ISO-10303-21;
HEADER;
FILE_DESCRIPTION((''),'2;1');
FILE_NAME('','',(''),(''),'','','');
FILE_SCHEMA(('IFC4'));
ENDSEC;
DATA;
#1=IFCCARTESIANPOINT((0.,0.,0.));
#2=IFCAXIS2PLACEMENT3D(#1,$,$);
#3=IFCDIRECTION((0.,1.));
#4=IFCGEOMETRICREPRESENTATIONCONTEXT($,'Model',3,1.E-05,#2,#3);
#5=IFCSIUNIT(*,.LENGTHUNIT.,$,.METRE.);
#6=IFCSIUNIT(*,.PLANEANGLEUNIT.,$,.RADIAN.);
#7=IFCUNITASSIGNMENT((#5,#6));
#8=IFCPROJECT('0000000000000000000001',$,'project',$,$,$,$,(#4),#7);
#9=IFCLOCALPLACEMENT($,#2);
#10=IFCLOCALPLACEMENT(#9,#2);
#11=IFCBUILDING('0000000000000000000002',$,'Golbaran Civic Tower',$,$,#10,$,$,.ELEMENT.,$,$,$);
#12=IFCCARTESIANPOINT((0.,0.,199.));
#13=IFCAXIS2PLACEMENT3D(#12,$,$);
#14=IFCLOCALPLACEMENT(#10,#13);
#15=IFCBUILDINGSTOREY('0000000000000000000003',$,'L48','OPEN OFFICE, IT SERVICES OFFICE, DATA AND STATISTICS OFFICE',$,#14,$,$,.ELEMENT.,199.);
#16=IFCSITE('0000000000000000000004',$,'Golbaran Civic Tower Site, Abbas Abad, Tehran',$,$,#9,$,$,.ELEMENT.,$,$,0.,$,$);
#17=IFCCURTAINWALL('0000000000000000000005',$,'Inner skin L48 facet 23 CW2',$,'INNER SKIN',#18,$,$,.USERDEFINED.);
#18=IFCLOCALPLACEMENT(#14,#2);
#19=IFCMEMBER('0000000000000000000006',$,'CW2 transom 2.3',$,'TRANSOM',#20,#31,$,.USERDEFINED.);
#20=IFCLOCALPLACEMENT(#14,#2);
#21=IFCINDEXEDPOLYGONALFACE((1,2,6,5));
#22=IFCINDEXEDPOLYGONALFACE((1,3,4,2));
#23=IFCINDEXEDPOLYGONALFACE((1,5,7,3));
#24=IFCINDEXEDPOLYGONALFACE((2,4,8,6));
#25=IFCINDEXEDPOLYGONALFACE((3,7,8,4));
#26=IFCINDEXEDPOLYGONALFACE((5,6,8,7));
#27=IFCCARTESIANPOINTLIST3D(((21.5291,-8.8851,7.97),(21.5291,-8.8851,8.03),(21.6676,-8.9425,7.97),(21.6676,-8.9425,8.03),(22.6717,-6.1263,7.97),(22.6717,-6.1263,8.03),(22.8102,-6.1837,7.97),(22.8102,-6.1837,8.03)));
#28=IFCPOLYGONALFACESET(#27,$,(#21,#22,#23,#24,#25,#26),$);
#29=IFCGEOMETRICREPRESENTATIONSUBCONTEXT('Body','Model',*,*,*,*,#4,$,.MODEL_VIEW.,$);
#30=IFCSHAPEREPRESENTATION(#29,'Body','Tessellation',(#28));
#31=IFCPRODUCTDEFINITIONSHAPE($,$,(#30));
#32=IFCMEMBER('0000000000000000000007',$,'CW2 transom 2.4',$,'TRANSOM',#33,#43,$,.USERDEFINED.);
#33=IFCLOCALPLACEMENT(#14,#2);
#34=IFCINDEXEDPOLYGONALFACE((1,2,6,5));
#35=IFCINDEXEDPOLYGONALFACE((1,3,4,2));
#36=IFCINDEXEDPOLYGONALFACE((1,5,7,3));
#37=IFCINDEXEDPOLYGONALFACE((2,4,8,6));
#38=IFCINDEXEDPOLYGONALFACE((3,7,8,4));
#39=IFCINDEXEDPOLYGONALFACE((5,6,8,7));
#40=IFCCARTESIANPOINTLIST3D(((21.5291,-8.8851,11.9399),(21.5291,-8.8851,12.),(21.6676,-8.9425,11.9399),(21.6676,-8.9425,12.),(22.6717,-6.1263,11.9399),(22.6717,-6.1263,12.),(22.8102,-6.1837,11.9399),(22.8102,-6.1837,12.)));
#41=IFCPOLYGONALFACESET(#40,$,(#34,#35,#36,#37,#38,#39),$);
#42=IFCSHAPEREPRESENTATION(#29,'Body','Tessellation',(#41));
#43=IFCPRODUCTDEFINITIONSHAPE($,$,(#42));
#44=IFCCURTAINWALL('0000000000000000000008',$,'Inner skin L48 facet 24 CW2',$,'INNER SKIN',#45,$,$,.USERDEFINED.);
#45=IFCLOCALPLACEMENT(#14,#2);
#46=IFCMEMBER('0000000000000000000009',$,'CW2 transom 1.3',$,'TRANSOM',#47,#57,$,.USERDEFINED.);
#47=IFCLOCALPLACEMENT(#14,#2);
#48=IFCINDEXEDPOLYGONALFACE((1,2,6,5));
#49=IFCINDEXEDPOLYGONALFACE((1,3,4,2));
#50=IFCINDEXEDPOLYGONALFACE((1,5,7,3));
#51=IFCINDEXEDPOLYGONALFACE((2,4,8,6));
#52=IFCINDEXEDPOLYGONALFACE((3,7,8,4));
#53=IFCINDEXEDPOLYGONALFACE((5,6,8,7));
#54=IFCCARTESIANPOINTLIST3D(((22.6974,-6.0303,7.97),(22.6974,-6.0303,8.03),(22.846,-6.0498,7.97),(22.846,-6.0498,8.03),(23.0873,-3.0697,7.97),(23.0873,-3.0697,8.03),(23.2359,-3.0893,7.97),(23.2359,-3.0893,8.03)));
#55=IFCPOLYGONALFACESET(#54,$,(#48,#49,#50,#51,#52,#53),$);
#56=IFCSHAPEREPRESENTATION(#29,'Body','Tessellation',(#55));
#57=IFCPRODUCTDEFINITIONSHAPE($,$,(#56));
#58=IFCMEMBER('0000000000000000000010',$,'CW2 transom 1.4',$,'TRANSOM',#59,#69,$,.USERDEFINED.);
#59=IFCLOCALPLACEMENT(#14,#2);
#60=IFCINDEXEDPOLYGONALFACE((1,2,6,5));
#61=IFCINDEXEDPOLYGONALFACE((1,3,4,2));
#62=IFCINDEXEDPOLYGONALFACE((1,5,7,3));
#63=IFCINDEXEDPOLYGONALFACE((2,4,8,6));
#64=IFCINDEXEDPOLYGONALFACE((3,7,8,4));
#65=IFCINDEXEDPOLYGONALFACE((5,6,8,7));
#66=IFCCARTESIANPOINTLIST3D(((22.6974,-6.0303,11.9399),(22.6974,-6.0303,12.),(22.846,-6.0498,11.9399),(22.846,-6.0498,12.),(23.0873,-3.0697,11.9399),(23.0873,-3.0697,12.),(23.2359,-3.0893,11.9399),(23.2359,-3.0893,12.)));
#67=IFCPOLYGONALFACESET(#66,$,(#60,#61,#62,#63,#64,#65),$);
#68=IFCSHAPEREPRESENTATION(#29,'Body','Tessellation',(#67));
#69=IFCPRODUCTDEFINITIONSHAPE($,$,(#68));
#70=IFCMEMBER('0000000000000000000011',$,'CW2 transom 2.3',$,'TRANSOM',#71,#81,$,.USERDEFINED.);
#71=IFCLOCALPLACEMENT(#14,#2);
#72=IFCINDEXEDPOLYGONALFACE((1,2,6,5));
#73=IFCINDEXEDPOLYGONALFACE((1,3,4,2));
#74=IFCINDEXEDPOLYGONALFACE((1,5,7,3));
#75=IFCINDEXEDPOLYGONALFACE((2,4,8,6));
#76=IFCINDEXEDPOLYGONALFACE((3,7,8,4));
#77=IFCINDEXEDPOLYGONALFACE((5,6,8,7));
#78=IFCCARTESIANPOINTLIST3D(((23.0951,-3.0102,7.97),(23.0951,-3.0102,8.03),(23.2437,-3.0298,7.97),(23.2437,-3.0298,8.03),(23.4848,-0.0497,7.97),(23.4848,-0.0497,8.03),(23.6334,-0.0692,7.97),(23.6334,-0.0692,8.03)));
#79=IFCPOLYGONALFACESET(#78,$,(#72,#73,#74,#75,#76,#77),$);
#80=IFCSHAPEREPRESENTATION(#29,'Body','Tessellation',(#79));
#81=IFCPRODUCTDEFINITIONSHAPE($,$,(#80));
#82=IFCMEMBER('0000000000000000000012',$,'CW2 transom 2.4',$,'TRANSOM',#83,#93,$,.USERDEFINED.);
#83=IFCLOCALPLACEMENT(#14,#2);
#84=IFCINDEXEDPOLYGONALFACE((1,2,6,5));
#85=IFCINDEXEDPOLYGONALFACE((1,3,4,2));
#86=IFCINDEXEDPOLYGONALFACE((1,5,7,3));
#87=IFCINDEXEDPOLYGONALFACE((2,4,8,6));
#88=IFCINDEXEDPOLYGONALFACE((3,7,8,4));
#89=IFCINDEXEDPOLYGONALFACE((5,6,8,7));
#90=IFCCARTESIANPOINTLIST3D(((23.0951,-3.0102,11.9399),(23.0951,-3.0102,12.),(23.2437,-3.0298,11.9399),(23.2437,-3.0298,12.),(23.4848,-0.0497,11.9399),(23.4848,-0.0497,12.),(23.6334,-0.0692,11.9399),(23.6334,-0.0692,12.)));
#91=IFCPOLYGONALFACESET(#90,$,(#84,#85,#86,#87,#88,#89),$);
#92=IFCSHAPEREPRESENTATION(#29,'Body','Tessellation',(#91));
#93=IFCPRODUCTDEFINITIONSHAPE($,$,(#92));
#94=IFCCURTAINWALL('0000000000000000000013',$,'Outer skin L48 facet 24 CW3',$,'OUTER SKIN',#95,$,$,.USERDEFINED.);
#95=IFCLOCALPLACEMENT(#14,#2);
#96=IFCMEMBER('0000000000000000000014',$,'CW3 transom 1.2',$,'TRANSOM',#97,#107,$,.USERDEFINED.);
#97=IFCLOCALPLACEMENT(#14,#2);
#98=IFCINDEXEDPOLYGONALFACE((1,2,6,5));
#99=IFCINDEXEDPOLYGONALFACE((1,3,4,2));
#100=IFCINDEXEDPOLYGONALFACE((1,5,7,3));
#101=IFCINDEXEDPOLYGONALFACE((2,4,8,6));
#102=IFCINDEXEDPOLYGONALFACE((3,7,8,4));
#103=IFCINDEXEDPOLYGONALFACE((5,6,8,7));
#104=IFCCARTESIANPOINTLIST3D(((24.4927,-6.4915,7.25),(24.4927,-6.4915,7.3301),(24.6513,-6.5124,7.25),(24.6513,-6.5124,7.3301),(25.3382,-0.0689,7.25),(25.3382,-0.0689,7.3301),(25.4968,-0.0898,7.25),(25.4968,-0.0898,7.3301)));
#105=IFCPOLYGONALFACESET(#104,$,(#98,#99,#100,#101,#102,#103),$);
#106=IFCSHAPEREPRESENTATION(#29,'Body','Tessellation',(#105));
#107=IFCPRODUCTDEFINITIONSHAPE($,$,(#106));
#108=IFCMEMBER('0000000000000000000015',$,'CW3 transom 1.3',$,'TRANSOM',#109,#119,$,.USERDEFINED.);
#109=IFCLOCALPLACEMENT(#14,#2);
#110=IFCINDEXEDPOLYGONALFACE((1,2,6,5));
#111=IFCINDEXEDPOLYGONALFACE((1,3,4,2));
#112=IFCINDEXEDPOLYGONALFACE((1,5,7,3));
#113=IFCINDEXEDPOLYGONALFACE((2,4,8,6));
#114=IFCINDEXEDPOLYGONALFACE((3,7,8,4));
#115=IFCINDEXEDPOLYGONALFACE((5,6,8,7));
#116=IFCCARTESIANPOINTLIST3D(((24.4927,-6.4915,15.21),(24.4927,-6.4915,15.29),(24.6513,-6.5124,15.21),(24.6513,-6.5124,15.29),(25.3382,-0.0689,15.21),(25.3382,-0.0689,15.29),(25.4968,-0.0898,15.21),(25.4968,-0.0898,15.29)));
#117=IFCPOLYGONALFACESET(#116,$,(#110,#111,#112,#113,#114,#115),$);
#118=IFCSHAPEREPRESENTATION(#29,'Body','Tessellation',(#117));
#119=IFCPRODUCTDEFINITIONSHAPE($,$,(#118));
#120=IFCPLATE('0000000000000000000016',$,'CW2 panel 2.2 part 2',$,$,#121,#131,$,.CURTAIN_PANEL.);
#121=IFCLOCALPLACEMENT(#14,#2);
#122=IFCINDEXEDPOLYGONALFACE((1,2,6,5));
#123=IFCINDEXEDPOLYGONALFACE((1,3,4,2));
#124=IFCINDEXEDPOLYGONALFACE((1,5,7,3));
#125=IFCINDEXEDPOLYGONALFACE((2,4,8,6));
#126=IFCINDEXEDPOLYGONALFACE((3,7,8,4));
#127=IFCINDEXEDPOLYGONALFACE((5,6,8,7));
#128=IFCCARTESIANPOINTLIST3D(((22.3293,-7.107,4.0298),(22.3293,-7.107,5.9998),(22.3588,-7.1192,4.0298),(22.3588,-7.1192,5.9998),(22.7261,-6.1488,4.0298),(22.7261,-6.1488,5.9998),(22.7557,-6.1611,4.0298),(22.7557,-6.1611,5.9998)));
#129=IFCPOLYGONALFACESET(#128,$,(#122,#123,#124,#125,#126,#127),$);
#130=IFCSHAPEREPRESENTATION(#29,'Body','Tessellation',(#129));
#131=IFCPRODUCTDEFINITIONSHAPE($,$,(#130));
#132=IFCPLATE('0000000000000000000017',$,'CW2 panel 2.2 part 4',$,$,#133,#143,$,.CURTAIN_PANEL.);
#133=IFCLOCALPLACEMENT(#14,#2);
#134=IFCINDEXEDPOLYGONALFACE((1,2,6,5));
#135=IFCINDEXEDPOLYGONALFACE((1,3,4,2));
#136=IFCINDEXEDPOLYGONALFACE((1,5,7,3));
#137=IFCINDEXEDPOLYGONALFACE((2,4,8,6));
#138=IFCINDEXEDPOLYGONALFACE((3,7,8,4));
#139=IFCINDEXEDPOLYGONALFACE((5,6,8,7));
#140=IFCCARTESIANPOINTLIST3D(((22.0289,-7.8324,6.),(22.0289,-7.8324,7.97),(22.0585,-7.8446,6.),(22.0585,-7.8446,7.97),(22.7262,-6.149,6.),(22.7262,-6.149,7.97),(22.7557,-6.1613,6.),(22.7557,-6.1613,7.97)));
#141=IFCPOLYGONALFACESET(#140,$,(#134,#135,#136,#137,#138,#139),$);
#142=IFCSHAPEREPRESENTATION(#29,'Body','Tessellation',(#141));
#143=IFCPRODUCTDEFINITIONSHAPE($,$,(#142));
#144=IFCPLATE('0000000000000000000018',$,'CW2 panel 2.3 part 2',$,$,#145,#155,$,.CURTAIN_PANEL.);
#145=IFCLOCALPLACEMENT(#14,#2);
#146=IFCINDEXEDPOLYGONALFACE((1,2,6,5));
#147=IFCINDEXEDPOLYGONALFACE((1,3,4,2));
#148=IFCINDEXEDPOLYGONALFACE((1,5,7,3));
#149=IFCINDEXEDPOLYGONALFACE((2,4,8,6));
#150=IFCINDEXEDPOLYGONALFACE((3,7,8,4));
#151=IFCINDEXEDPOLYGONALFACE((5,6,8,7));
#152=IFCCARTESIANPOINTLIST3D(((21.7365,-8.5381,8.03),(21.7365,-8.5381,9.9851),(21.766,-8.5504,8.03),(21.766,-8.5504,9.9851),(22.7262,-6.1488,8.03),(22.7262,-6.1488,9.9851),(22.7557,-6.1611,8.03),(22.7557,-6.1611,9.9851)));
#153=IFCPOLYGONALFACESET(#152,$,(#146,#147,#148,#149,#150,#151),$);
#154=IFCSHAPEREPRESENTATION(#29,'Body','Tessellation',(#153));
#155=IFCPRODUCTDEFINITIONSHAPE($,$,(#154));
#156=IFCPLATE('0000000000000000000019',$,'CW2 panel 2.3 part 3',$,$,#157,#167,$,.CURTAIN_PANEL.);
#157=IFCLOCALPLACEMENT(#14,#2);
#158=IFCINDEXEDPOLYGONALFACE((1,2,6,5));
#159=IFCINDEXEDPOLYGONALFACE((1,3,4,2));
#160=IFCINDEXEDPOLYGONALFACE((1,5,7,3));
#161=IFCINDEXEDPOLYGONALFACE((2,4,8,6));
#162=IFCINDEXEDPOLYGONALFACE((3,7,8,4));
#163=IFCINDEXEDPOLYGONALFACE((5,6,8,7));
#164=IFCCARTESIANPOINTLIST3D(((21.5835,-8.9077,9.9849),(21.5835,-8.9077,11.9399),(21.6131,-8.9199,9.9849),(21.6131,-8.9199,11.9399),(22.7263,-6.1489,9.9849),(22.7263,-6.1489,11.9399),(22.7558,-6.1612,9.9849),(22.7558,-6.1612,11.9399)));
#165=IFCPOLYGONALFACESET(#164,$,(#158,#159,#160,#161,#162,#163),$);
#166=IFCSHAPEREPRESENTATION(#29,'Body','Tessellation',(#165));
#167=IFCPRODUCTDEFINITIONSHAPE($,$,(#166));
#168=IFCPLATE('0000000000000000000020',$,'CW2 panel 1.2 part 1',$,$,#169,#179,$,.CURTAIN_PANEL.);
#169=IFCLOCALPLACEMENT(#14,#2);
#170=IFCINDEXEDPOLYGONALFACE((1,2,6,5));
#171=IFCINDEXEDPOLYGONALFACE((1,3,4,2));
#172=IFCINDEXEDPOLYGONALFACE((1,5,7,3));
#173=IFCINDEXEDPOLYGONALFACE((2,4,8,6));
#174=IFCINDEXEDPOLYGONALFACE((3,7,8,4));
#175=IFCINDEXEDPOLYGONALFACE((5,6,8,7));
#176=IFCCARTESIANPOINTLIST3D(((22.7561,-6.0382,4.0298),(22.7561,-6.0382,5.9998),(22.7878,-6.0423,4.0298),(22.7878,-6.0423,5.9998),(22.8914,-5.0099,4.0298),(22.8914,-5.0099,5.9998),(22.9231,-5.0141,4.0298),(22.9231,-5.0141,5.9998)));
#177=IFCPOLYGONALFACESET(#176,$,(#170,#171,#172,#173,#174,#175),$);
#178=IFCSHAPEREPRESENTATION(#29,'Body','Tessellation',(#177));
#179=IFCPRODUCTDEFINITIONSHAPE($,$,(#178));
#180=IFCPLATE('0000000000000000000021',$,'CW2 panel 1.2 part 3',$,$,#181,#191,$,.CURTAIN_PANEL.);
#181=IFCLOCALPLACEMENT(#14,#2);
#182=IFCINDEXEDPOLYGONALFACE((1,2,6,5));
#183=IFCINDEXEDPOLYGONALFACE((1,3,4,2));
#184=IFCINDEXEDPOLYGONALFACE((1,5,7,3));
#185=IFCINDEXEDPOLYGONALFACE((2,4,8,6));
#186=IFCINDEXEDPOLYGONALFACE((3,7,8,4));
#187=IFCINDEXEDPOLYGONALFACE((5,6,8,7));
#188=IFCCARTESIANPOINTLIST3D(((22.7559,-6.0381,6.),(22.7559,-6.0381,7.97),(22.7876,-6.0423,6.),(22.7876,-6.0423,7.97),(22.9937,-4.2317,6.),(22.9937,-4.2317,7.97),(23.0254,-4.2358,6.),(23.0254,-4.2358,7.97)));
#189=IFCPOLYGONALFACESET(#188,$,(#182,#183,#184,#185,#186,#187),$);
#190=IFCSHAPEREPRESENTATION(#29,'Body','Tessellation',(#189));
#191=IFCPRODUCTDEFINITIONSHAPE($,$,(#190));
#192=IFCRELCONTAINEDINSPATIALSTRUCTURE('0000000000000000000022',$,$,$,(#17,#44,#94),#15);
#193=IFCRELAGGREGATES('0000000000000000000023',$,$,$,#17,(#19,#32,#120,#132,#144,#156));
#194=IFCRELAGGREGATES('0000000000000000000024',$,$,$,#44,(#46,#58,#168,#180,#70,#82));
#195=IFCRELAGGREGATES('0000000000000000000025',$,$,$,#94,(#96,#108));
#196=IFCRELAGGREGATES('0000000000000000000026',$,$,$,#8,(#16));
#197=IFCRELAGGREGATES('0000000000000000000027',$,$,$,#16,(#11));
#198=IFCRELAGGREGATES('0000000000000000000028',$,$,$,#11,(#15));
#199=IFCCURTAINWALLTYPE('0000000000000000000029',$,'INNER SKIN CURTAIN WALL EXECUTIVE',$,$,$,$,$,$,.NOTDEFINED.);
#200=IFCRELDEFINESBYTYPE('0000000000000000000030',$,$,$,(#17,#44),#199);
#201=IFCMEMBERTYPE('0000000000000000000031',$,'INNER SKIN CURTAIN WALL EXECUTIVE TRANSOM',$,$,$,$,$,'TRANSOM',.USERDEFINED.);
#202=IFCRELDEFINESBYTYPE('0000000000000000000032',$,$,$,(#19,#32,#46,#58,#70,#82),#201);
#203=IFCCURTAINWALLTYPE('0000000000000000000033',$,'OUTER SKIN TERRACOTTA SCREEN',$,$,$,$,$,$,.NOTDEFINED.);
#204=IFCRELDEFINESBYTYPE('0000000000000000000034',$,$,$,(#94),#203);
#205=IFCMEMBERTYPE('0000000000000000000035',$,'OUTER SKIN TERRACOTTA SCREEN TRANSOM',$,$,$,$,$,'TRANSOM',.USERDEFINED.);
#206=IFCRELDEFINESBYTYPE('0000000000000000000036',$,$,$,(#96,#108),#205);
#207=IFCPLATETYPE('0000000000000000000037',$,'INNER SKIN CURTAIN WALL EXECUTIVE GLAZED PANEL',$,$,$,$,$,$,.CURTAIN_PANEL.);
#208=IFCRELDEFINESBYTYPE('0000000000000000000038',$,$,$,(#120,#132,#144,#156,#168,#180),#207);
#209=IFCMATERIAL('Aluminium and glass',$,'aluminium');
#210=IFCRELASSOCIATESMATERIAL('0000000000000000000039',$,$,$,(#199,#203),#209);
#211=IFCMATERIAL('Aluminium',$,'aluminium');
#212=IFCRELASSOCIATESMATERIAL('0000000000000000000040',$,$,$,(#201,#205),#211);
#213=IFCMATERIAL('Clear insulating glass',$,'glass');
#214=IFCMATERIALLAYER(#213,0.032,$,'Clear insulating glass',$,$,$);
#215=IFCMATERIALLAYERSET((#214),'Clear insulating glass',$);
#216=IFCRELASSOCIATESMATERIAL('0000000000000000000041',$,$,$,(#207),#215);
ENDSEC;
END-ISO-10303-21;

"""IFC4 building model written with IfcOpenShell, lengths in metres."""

from ifc_helpers import new_model, si_unit, direction, frame, origin, origin_2d, place, context, subcontext, project, spatial, rectangle, extrude, material, layer, layer_set, material_profile, profile_set, type_object, element, aggregate, save


model = new_model("IFC4")

# Units and contexts
model_context = context("Model", 3, precision=1e-05, world=origin(), true_north=direction((0.0, 1.0)))
body_context = subcontext(model_context, "Body", "Model", "MODEL_VIEW")
ifc_project = project(units=[si_unit("LENGTHUNIT", "METRE"), si_unit("PLANEANGLEUNIT", "RADIAN")], contexts=[model_context])

# Site, building, storey
site_placement = place(None, origin())
site = spatial("IfcSite", under=ifc_project, at=site_placement, Name="Golbaran Civic Tower Site, Abbas Abad, Tehran", CompositionType="ELEMENT", RefElevation=0.0)
building_placement = place(site_placement, origin())
building = spatial("IfcBuilding", under=site, at=building_placement, Name="Golbaran Civic Tower", CompositionType="ELEMENT")
storey_placement = place(building_placement, frame((0.0, 0.0, 199.0)))
storey = spatial("IfcBuildingStorey", under=building, at=storey_placement, Name="L48", Description="OPEN OFFICE, IT SERVICES OFFICE, DATA AND STATISTICS OFFICE", CompositionType="ELEMENT", Elevation=199.0)

# Curtain walls, members
ifc_material_1 = material(Name="Aluminium and glass", Category="aluminium")
curtain_wall_type_1 = type_object("IfcCurtainWallType", Name="INNER SKIN CURTAIN WALL EXECUTIVE", PredefinedType="NOTDEFINED", material=ifc_material_1)
curtain_wall_1_placement = place(storey_placement, origin())
curtain_wall_1 = element("IfcCurtainWall", 1, at=curtain_wall_1_placement, inside=storey, type_object=curtain_wall_type_1, Name="Inner skin L48 facet 23 CW2", ObjectType="INNER SKIN", PredefinedType="USERDEFINED")
ifc_material_2 = material(Name="Aluminium", Category="aluminium")
ifc_material_profile_1 = material_profile(ifc_material_2, rectangle(XDim=0.1499, YDim=0.0601, at=origin_2d()), Name="INNER SKIN CURTAIN WALL EXECUTIVE TRANSOM")
ifc_profile_set_1 = profile_set([ifc_material_profile_1], Name="Aluminium")
member_type_1 = type_object("IfcMemberType", Name="INNER SKIN CURTAIN WALL EXECUTIVE TRANSOM", ElementType="TRANSOM", PredefinedType="USERDEFINED", material=ifc_profile_set_1)
member_1_placement = place(storey_placement, frame((21.5984, -8.9138, 8.0), z_axis=(0.382641, 0.923897, 0.0), x_axis=(-0.923897, 0.382641, 0.0)))
member_1 = element("IfcMember", 2, at=member_1_placement, type_object=member_type_1, Name="CW2 transom 2.3", ObjectType="TRANSOM", PredefinedType="USERDEFINED", context=body_context, shape_type="SweptSolid", body=[
    extrude(rectangle(XDim=0.1499, YDim=0.0601, at=origin_2d()), origin(), (0.0, 0.0, 1.0), 2.9861),
])
member_2_placement = place(storey_placement, frame((21.5984, -8.9138, 11.97), z_axis=(0.382641, 0.923897, 0.0), x_axis=(-0.923897, 0.382641, 0.0)))
member_2 = element("IfcMember", 3, at=member_2_placement, type_object=member_type_1, Name="CW2 transom 2.4", ObjectType="TRANSOM", PredefinedType="USERDEFINED", context=body_context, shape_type="SweptSolid", body=[
    extrude(rectangle(XDim=0.1499, YDim=0.0601, at=origin_2d()), origin(), (0.0, 0.0, 1.0), 2.9861),
])
curtain_wall_2_placement = place(storey_placement, origin())
curtain_wall_2 = element("IfcCurtainWall", 4, at=curtain_wall_2_placement, inside=storey, type_object=curtain_wall_type_1, Name="Inner skin L48 facet 24 CW2", ObjectType="INNER SKIN", PredefinedType="USERDEFINED")
member_3_placement = place(storey_placement, frame((22.7717, -6.04, 8.0), z_axis=(0.130573, 0.991439, 0.0), x_axis=(-0.991439, 0.130573, 0.0)))
member_3 = element("IfcMember", 5, at=member_3_placement, type_object=member_type_1, Name="CW2 transom 1.3", ObjectType="TRANSOM", PredefinedType="USERDEFINED", context=body_context, shape_type="SweptSolid", body=[
    extrude(rectangle(XDim=0.1499, YDim=0.0601, at=origin_2d()), origin(), (0.0, 0.0, 1.0), 2.9861),
])
member_4_placement = place(storey_placement, frame((22.7717, -6.04, 11.97), z_axis=(0.130573, 0.991439, 0.0), x_axis=(-0.991439, 0.130573, 0.0)))
member_4 = element("IfcMember", 6, at=member_4_placement, type_object=member_type_1, Name="CW2 transom 1.4", ObjectType="TRANSOM", PredefinedType="USERDEFINED", context=body_context, shape_type="SweptSolid", body=[
    extrude(rectangle(XDim=0.1499, YDim=0.0601, at=origin_2d()), origin(), (0.0, 0.0, 1.0), 2.9861),
])
member_5_placement = place(storey_placement, frame((23.1694, -3.02, 8.0), z_axis=(0.130493, 0.991449, 0.0), x_axis=(-0.991449, 0.130493, 0.0)))
member_5 = element("IfcMember", 7, at=member_5_placement, type_object=member_type_1, Name="CW2 transom 2.3", ObjectType="TRANSOM", PredefinedType="USERDEFINED", context=body_context, shape_type="SweptSolid", body=[
    extrude(rectangle(XDim=0.1499, YDim=0.0601, at=origin_2d()), origin(), (0.0, 0.0, 1.0), 2.9861),
])
member_6_placement = place(storey_placement, frame((23.1694, -3.02, 11.97), z_axis=(0.130493, 0.991449, 0.0), x_axis=(-0.991449, 0.130493, 0.0)))
member_6 = element("IfcMember", 8, at=member_6_placement, type_object=member_type_1, Name="CW2 transom 2.4", ObjectType="TRANSOM", PredefinedType="USERDEFINED", context=body_context, shape_type="SweptSolid", body=[
    extrude(rectangle(XDim=0.1499, YDim=0.0601, at=origin_2d()), origin(), (0.0, 0.0, 1.0), 2.9861),
])
curtain_wall_type_2 = type_object("IfcCurtainWallType", Name="OUTER SKIN TERRACOTTA SCREEN", PredefinedType="NOTDEFINED", material=ifc_material_1)
curtain_wall_3_placement = place(storey_placement, origin())
curtain_wall_3 = element("IfcCurtainWall", 9, at=curtain_wall_3_placement, inside=storey, type_object=curtain_wall_type_2, Name="Outer skin L48 facet 24 CW3", ObjectType="OUTER SKIN", PredefinedType="USERDEFINED")
ifc_material_profile_2 = material_profile(ifc_material_2, rectangle(XDim=0.1599, YDim=0.0801, at=origin_2d()), Name="OUTER SKIN TERRACOTTA SCREEN TRANSOM")
ifc_profile_set_2 = profile_set([ifc_material_profile_2], Name="Aluminium")
member_type_2 = type_object("IfcMemberType", Name="OUTER SKIN TERRACOTTA SCREEN TRANSOM", ElementType="TRANSOM", PredefinedType="USERDEFINED", material=ifc_profile_set_2)
member_7_placement = place(storey_placement, frame((24.572, -6.502, 7.29), z_axis=(0.130512, 0.991447, 0.0), x_axis=(-0.991447, 0.130512, 0.0)))
member_7 = element("IfcMember", 10, at=member_7_placement, type_object=member_type_2, Name="CW3 transom 1.2", ObjectType="TRANSOM", PredefinedType="USERDEFINED", context=body_context, shape_type="SweptSolid", body=[
    extrude(rectangle(XDim=0.1599, YDim=0.0801, at=origin_2d()), origin(), (0.0, 0.0, 1.0), 6.478),
])
member_8_placement = place(storey_placement, frame((24.572, -6.502, 15.25), z_axis=(0.130512, 0.991447, 0.0), x_axis=(-0.991447, 0.130512, 0.0)))
member_8 = element("IfcMember", 11, at=member_8_placement, type_object=member_type_2, Name="CW3 transom 1.3", ObjectType="TRANSOM", PredefinedType="USERDEFINED", context=body_context, shape_type="SweptSolid", body=[
    extrude(rectangle(XDim=0.1599, YDim=0.0801, at=origin_2d()), origin(), (0.0, 0.0, 1.0), 6.478),
])

# Plates
ifc_material_3 = material(Name="Clear insulating glass", Category="glass")
ifc_layer_1 = layer(ifc_material_3, 0.032, Name="Clear insulating glass")
ifc_layer_set_1 = layer_set([ifc_layer_1], Name="Clear insulating glass")
plate_type_1 = type_object("IfcPlateType", Name="INNER SKIN CURTAIN WALL EXECUTIVE GLAZED PANEL", PredefinedType="CURTAIN_PANEL", material=ifc_layer_set_1)
plate_1_placement = place(storey_placement, frame((22.5425, -6.634, 4.0298), z_axis=(0.0, 0.0, 1.0), x_axis=(0.382683, 0.92388, 0.0)))
plate_1 = element("IfcPlate", 12, at=plate_1_placement, type_object=plate_type_1, Name="CW2 panel 2.2 part 2", PredefinedType="CURTAIN_PANEL", context=body_context, shape_type="SweptSolid", body=[
    extrude(rectangle(XDim=1.0371, YDim=0.032, at=origin_2d()), origin(), (0.0, 0.0, 1.0), 1.97),
])
plate_2_placement = place(storey_placement, frame((22.3923, -6.9968, 6.0), z_axis=(0.0, 0.0, 1.0), x_axis=(0.382683, 0.92388, 0.0)))
plate_2 = element("IfcPlate", 13, at=plate_2_placement, type_object=plate_type_1, Name="CW2 panel 2.2 part 4", PredefinedType="CURTAIN_PANEL", context=body_context, shape_type="SweptSolid", body=[
    extrude(rectangle(XDim=1.822, YDim=0.032, at=origin_2d()), origin(), (0.0, 0.0, 1.0), 1.97),
])
plate_3_placement = place(storey_placement, frame((22.2461, -7.3496, 8.03), z_axis=(0.0, 0.0, 1.0), x_axis=(0.382683, 0.92388, 0.0)))
plate_3 = element("IfcPlate", 14, at=plate_3_placement, type_object=plate_type_1, Name="CW2 panel 2.3 part 2", PredefinedType="CURTAIN_PANEL", context=body_context, shape_type="SweptSolid", body=[
    extrude(rectangle(XDim=2.5862, YDim=0.032, at=origin_2d()), origin(), (0.0, 0.0, 1.0), 1.9551),
])
plate_4_placement = place(storey_placement, frame((22.1697, -7.5344, 9.9849), z_axis=(0.0, 0.0, 1.0), x_axis=(0.382683, 0.92388, 0.0)))
plate_4 = element("IfcPlate", 15, at=plate_4_placement, type_object=plate_type_1, Name="CW2 panel 2.3 part 3", PredefinedType="CURTAIN_PANEL", context=body_context, shape_type="SweptSolid", body=[
    extrude(rectangle(XDim=2.9861, YDim=0.032, at=origin_2d()), origin(), (0.0, 0.0, 1.0), 1.9551),
])
plate_5_placement = place(storey_placement, frame((22.8396, -5.5261, 4.0298), z_axis=(0.0, 0.0, 1.0), x_axis=(0.130526, 0.991445, 0.0)))
plate_5 = element("IfcPlate", 16, at=plate_5_placement, type_object=plate_type_1, Name="CW2 panel 1.2 part 1", PredefinedType="CURTAIN_PANEL", context=body_context, shape_type="SweptSolid", body=[
    extrude(rectangle(XDim=1.0371, YDim=0.032, at=origin_2d()), origin(), (0.0, 0.0, 1.0), 1.97),
])
plate_6_placement = place(storey_placement, frame((22.8906, -5.137, 6.0), z_axis=(0.0, 0.0, 1.0), x_axis=(0.130526, 0.991445, 0.0)))
plate_6 = element("IfcPlate", 17, at=plate_6_placement, type_object=plate_type_1, Name="CW2 panel 1.2 part 3", PredefinedType="CURTAIN_PANEL", context=body_context, shape_type="SweptSolid", body=[
    extrude(rectangle(XDim=1.822, YDim=0.032, at=origin_2d()), origin(), (0.0, 0.0, 1.0), 1.97),
])
aggregate(curtain_wall_1, [member_1, member_2, plate_1, plate_2, plate_3, plate_4])
aggregate(curtain_wall_2, [member_3, member_4, plate_5, plate_6, member_5, member_6])
aggregate(curtain_wall_3, [member_7, member_8])

save(model, "model.ifc")
